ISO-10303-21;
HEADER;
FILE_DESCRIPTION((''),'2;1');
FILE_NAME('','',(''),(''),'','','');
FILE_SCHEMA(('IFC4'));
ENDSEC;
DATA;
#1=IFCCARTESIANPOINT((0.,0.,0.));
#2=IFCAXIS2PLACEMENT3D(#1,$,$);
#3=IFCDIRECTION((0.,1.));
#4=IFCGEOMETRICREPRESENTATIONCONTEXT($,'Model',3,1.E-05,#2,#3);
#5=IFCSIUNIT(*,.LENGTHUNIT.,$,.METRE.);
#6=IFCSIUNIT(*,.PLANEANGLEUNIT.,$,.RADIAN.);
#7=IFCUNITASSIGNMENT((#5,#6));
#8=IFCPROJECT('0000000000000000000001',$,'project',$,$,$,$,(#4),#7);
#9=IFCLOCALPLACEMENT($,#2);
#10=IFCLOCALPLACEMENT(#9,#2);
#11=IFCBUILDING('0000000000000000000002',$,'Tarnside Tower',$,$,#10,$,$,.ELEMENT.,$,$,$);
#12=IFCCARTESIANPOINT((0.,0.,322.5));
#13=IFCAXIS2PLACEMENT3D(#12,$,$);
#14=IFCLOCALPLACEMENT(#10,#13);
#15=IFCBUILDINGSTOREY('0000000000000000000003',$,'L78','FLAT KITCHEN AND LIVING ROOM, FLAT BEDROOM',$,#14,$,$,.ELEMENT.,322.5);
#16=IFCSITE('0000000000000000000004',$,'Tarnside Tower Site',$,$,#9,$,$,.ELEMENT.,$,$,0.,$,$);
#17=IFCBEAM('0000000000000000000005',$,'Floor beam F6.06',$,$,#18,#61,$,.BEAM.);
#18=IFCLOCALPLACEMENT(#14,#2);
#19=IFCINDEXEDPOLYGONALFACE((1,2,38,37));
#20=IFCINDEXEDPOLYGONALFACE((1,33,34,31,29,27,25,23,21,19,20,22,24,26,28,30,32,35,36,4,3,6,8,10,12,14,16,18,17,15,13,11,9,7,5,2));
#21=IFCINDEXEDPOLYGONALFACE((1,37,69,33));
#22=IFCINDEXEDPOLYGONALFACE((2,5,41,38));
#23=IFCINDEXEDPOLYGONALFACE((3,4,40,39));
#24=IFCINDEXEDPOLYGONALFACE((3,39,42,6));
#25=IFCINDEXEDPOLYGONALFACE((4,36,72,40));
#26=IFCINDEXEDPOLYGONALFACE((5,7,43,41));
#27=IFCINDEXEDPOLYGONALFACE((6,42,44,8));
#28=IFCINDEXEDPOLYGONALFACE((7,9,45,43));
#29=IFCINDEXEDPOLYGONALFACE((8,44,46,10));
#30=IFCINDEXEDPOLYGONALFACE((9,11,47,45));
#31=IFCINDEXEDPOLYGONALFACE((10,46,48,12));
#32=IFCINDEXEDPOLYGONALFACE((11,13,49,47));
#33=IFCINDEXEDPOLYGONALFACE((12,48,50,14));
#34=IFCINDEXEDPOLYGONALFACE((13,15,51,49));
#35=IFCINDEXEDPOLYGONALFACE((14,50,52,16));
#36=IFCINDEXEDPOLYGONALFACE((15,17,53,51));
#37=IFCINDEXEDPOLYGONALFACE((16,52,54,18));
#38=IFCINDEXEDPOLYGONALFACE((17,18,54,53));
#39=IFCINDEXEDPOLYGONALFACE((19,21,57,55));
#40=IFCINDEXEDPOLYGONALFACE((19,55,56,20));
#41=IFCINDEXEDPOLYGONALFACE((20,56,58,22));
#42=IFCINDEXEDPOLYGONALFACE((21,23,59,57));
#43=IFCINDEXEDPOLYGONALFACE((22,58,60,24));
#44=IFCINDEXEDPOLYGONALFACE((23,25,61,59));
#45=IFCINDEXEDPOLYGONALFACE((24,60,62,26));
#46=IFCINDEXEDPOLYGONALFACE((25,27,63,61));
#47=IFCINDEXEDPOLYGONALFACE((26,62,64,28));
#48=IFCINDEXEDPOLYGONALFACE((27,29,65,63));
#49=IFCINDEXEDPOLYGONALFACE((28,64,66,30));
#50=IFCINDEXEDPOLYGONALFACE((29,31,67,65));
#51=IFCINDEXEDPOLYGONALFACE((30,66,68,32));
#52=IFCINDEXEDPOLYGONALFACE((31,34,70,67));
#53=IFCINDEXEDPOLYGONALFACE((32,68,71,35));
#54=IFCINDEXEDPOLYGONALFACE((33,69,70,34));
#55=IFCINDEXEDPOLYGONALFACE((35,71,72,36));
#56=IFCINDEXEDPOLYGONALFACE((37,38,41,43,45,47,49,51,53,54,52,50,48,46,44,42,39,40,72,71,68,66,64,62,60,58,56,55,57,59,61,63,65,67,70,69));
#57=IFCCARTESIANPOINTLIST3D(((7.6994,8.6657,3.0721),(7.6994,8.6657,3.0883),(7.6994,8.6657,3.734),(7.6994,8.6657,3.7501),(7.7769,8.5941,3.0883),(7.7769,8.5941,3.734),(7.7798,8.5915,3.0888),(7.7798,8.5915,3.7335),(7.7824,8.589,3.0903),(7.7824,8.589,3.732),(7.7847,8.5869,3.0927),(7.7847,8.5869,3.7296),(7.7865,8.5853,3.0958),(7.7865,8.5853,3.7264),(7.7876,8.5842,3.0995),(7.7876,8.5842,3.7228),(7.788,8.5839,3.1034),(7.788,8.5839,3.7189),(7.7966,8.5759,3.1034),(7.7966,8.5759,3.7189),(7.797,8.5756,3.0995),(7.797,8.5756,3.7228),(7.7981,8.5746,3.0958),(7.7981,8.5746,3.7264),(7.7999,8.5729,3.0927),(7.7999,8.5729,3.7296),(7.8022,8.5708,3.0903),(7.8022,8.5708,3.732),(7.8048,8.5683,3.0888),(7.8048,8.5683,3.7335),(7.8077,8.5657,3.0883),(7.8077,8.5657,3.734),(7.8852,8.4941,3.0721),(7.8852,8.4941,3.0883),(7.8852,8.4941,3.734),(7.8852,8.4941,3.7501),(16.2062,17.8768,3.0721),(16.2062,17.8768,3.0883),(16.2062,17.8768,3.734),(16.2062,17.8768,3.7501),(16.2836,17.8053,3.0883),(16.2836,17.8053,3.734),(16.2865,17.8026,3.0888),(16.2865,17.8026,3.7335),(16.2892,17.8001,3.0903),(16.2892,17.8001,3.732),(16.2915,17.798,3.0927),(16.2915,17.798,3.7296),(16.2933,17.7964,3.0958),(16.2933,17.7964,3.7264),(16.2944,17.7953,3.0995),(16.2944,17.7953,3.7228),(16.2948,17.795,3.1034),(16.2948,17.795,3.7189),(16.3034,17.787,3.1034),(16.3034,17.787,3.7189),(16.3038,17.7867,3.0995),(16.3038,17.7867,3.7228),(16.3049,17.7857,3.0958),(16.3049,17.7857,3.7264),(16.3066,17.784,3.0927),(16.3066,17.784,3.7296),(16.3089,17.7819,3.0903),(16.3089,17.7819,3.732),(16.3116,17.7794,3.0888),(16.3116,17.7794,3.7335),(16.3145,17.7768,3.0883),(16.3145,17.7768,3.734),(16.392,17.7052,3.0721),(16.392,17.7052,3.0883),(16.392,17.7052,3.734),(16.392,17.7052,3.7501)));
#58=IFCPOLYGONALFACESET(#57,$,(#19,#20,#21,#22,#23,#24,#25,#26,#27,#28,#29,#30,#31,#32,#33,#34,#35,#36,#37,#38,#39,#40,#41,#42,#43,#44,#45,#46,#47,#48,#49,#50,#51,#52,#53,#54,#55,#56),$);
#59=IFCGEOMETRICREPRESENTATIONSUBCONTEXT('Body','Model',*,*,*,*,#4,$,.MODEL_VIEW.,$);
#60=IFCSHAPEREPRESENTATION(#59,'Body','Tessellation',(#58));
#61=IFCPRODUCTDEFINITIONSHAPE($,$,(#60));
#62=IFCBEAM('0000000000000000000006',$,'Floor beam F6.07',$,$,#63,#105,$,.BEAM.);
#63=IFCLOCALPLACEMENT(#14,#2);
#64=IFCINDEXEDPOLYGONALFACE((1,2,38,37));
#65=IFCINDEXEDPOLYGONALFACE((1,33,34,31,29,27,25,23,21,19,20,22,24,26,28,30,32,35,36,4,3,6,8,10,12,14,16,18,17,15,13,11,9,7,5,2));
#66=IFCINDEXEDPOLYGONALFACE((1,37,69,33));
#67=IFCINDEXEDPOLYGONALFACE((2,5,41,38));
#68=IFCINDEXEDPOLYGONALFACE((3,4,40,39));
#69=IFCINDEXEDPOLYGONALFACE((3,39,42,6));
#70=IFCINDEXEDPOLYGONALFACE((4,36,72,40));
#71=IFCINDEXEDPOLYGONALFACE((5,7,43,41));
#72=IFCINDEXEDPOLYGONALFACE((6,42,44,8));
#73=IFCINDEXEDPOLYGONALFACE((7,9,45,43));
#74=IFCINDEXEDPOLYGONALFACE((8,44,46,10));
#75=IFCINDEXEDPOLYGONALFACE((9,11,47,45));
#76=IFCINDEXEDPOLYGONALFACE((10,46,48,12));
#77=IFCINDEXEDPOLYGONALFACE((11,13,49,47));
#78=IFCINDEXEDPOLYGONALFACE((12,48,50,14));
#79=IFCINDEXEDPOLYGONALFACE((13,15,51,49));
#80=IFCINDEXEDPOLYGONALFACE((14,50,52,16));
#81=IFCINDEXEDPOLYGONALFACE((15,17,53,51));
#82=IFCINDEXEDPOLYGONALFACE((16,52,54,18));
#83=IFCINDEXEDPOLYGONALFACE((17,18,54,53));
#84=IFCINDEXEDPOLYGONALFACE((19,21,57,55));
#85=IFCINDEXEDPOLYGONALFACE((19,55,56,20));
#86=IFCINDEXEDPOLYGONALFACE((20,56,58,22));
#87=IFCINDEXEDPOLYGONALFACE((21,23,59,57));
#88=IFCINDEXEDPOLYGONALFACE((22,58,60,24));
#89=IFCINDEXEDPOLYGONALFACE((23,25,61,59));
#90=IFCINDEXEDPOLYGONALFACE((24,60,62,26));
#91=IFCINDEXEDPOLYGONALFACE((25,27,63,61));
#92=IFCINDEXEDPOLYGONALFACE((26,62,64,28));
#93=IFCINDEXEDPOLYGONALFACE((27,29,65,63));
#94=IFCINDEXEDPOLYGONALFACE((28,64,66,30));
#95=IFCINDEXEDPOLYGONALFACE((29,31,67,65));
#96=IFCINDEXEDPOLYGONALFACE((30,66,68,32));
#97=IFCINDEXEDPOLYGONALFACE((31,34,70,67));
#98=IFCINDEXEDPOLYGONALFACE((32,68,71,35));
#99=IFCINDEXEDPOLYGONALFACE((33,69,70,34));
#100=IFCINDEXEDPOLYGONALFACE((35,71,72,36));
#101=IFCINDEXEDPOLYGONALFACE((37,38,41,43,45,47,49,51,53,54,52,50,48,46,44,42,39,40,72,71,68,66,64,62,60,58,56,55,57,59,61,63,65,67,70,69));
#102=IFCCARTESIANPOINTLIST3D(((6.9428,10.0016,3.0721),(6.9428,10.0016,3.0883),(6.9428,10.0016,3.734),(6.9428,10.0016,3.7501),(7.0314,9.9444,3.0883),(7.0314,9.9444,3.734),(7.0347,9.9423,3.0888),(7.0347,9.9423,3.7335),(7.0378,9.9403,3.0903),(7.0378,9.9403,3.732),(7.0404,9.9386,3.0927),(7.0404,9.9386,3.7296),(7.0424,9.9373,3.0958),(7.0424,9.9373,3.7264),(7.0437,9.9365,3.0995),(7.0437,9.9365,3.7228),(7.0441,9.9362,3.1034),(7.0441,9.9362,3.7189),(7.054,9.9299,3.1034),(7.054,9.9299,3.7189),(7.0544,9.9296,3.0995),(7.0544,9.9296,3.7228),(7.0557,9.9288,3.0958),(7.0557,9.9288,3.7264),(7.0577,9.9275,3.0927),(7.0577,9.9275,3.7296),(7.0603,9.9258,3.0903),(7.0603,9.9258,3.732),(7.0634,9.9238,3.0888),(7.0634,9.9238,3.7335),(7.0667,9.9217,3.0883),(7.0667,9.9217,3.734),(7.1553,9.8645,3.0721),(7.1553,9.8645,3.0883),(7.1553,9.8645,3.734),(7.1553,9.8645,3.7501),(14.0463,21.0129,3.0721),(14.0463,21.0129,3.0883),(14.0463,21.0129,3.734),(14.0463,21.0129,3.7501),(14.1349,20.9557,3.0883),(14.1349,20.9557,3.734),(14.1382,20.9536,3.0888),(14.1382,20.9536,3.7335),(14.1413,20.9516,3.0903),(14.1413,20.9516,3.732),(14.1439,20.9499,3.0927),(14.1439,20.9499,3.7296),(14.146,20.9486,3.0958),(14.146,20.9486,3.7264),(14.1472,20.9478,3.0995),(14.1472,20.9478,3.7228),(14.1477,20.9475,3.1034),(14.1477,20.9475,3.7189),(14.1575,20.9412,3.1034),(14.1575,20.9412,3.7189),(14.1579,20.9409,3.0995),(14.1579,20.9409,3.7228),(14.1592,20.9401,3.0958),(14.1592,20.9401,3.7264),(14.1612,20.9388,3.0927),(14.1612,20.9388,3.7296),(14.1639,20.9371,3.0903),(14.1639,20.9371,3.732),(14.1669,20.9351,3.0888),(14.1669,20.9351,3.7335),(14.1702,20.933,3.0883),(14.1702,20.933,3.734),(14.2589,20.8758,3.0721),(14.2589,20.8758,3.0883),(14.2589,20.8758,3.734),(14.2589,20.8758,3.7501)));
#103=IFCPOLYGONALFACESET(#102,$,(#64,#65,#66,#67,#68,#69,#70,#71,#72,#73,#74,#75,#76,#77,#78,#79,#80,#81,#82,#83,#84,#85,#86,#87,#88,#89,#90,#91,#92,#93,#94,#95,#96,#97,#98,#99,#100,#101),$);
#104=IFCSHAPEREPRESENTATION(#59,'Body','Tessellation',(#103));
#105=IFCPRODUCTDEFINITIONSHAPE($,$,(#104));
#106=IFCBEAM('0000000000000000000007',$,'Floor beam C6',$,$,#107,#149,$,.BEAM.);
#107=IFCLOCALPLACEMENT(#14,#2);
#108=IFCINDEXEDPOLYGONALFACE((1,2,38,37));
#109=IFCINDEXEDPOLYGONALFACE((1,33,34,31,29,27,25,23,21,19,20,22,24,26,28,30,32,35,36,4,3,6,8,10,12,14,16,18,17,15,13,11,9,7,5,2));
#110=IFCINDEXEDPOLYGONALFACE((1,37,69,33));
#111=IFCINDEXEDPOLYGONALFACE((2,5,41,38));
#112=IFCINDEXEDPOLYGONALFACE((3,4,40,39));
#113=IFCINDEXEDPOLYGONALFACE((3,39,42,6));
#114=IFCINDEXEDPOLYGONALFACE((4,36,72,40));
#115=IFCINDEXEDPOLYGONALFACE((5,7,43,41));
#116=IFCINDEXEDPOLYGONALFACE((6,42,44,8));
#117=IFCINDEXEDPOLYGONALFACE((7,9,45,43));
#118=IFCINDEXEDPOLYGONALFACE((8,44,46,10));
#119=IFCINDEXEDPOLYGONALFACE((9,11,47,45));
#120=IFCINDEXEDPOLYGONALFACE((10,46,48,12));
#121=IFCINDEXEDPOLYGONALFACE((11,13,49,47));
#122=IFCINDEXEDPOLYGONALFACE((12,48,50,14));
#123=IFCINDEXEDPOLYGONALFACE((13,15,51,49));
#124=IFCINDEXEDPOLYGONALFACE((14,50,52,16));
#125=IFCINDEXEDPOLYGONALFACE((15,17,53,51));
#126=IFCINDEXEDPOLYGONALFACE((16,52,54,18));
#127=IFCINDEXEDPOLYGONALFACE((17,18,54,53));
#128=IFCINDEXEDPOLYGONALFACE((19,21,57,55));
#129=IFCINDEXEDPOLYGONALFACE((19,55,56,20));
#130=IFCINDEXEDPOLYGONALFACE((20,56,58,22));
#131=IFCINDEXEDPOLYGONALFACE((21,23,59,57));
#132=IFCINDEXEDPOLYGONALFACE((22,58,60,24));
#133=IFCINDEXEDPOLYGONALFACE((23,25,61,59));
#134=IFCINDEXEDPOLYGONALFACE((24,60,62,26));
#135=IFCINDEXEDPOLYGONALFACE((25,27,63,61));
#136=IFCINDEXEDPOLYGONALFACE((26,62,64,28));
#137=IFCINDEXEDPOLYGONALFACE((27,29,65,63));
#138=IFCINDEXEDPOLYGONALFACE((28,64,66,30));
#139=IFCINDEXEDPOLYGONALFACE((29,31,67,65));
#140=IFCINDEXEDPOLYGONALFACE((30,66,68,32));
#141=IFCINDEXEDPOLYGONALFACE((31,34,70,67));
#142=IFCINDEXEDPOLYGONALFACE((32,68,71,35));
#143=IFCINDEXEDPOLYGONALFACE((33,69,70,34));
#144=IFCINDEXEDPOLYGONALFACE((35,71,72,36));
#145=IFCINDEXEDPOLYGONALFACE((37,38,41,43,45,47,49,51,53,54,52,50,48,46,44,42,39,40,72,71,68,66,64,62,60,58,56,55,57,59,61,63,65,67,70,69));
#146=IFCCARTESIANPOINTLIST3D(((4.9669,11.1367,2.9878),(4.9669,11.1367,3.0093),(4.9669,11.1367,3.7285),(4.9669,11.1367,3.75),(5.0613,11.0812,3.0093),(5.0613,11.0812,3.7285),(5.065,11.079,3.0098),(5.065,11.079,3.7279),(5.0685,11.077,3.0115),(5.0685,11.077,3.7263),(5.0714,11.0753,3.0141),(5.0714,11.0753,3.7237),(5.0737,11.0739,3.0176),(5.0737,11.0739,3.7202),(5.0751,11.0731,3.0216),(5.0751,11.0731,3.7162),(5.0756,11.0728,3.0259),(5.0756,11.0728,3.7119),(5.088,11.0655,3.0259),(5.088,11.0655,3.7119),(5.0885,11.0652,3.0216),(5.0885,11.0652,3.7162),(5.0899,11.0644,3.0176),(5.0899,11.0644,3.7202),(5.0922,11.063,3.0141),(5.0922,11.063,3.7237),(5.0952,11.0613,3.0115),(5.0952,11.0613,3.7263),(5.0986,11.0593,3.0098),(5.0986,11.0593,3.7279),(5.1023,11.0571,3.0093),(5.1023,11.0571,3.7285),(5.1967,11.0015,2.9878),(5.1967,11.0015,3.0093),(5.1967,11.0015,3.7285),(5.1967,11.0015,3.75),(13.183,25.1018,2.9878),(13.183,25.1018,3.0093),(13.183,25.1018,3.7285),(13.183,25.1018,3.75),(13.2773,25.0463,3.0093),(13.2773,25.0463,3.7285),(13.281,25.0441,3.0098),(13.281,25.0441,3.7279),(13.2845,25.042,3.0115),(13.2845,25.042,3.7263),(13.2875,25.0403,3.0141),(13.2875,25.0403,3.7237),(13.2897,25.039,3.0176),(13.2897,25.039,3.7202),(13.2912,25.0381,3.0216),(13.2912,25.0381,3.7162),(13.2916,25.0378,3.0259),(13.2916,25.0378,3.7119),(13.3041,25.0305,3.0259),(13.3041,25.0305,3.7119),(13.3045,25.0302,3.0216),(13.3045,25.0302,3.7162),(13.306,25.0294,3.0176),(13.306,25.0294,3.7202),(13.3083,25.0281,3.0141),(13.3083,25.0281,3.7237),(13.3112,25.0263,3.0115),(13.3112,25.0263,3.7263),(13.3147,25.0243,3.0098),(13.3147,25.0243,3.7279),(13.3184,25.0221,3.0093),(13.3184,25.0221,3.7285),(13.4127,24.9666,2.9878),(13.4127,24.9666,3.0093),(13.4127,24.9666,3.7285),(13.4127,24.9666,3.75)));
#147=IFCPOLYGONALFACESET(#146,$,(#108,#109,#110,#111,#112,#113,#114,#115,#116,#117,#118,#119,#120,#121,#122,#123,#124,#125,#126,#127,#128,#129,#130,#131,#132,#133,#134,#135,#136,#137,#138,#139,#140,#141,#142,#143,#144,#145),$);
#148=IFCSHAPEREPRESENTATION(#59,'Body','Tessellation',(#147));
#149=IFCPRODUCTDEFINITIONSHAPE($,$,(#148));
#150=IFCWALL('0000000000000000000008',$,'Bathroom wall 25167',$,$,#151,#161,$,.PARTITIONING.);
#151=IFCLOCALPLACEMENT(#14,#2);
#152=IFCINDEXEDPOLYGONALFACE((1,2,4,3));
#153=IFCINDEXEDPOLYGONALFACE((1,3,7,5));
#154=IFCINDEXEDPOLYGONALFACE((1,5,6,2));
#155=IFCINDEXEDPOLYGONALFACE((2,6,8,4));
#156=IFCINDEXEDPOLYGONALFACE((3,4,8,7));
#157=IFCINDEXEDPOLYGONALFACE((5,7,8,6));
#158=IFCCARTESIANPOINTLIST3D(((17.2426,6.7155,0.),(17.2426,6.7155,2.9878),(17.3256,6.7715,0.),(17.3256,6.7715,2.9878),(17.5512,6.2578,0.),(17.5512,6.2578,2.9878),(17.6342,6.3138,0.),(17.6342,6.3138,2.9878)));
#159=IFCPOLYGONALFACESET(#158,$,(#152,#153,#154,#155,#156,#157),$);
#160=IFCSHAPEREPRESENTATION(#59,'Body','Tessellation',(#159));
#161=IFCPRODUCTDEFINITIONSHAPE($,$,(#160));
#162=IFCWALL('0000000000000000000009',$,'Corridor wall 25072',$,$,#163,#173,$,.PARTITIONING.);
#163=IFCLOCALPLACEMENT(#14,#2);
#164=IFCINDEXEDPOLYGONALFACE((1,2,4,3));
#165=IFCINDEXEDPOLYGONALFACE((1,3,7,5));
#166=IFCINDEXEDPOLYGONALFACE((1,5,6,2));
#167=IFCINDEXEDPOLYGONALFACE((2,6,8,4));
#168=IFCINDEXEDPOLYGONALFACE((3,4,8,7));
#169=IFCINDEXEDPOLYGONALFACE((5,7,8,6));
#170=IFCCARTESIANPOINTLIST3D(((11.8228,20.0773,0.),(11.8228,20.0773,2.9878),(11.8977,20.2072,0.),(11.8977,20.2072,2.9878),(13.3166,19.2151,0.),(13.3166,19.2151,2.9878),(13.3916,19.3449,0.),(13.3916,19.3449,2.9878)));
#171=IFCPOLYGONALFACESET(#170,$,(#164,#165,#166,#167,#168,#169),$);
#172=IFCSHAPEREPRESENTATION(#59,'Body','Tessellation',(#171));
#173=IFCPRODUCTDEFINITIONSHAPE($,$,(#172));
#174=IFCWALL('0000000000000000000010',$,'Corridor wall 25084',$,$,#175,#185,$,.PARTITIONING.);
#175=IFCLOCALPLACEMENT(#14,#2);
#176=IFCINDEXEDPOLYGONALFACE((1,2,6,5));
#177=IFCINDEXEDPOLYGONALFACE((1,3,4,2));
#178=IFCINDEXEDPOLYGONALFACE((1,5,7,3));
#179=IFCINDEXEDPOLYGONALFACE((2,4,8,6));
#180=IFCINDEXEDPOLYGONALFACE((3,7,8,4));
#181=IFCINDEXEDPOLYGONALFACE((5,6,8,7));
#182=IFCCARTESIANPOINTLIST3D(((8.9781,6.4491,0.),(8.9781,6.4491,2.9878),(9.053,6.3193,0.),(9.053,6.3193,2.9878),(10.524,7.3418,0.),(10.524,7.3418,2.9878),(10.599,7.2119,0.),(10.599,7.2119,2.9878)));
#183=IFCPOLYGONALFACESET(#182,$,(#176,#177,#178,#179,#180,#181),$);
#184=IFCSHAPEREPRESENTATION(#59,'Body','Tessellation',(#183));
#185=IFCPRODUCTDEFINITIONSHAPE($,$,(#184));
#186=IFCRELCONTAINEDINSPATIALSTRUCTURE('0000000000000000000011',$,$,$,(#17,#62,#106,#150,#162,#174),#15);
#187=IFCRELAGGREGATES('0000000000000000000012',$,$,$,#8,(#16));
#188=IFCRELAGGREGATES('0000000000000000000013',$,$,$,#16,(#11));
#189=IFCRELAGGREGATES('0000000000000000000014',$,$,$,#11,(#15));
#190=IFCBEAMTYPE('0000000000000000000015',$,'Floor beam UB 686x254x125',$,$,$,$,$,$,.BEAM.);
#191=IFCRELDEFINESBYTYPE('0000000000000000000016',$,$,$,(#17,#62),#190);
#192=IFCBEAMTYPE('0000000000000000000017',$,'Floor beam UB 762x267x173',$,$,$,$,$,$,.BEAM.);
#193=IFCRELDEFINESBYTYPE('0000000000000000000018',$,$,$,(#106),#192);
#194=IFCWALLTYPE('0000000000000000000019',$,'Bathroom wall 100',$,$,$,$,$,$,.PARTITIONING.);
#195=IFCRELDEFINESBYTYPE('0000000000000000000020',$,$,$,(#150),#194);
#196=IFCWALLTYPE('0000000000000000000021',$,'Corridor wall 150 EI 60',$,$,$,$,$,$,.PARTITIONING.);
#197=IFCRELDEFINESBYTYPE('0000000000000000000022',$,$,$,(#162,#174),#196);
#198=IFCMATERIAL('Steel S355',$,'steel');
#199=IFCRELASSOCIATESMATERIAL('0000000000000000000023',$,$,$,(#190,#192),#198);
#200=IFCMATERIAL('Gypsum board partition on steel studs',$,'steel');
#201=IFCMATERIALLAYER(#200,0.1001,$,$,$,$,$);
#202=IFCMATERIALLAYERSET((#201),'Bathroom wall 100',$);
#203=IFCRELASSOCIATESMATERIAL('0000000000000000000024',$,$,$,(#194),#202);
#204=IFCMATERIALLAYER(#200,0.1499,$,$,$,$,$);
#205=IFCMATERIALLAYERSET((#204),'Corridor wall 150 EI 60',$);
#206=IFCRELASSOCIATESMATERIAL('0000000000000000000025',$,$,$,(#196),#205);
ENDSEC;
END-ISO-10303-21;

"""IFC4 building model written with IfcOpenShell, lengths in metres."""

from ifc_helpers import new_model, si_unit, direction, frame, frame_2d, origin, origin_2d, place, context, subcontext, project, spatial, rectangle, i_section, extrude, material, layer, layer_set, material_profile, profile_set, type_object, element, save


model = new_model("IFC4")

# Units and contexts
model_context = context("Model", 3, precision=1e-05, world=origin(), true_north=direction((0.0, 1.0)))
body_context = subcontext(model_context, "Body", "Model", "MODEL_VIEW")
ifc_project = project(units=[si_unit("LENGTHUNIT", "METRE"), si_unit("PLANEANGLEUNIT", "RADIAN")], contexts=[model_context])

# Site, building, storey
site_placement = place(None, origin())
site = spatial("IfcSite", under=ifc_project, at=site_placement, Name="Tarnside Tower Site", CompositionType="ELEMENT", RefElevation=0.0)
building_placement = place(site_placement, origin())
building = spatial("IfcBuilding", under=site, at=building_placement, Name="Tarnside Tower", CompositionType="ELEMENT")
storey_placement = place(building_placement, frame((0.0, 0.0, 322.5)))
storey = spatial("IfcBuildingStorey", under=building, at=storey_placement, Name="L78", Description="FLAT KITCHEN AND LIVING ROOM, FLAT BEDROOM", CompositionType="ELEMENT", Elevation=322.5)

# Beams
ifc_material_1 = material(Name="Steel S355", Category="steel")
ifc_material_profile_1 = material_profile(ifc_material_1, i_section(OverallWidth=0.2529, OverallDepth=0.678, WebThickness=0.0117, FlangeThickness=0.0161, FilletRadius=0.0151, at=origin_2d()), Name="UB 686x254x125")
ifc_profile_set_1 = profile_set([ifc_material_profile_1], Name="Steel S355")
beam_type_1 = type_object("IfcBeamType", Name="Floor beam UB 686x254x125", PredefinedType="BEAM", material=ifc_profile_set_1)
beam_1_placement = place(storey_placement, frame((16.2991, 17.791, 3.4111), z_axis=(-0.678461, -0.734636, 0.0), x_axis=(0.734636, -0.678461, 0.0)))
element("IfcBeam", 1, at=beam_1_placement, inside=storey, type_object=beam_type_1, Name="Floor beam F6.06", PredefinedType="BEAM", context=body_context, shape_type="SweptSolid", body=[
    extrude(i_section(OverallWidth=0.2529, OverallDepth=0.678, WebThickness=0.0117, FlangeThickness=0.0161, FilletRadius=0.0151, at=origin_2d()), origin(), (0.0, 0.0, 1.0), 12.5383),
])
beam_2_placement = place(storey_placement, frame((14.1526, 20.9443, 3.4111), z_axis=(-0.5421, -0.840314, 0.0), x_axis=(0.840314, -0.5421, 0.0)))
element("IfcBeam", 2, at=beam_2_placement, inside=storey, type_object=beam_type_1, Name="Floor beam F6.07", PredefinedType="BEAM", context=body_context, shape_type="SweptSolid", body=[
    extrude(i_section(OverallWidth=0.2529, OverallDepth=0.678, WebThickness=0.0117, FlangeThickness=0.0161, FilletRadius=0.0151, at=origin_2d()), origin(), (0.0, 0.0, 1.0), 13.1038),
])
ifc_material_profile_2 = material_profile(ifc_material_1, i_section(OverallWidth=0.2666, OverallDepth=0.7622, WebThickness=0.0144, FlangeThickness=0.0215, FilletRadius=0.0166, at=origin_2d()), Name="UB 762x267x173")
ifc_profile_set_2 = profile_set([ifc_material_profile_2], Name="Steel S355")
beam_type_2 = type_object("IfcBeamType", Name="Floor beam UB 762x267x173", PredefinedType="BEAM", material=ifc_profile_set_2)
beam_3_placement = place(storey_placement, frame((13.2979, 25.0342, 3.3689), z_axis=(-0.50708, -0.861899, 0.0), x_axis=(0.861899, -0.50708, 0.0)))
element("IfcBeam", 3, at=beam_3_placement, inside=storey, type_object=beam_type_2, Name="Floor beam C6", PredefinedType="BEAM", context=body_context, shape_type="SweptSolid", body=[
    extrude(i_section(OverallWidth=0.2666, OverallDepth=0.7622, WebThickness=0.0144, FlangeThickness=0.0215, FilletRadius=0.0166, at=origin_2d()), origin(), (0.0, 0.0, 1.0), 16.2026),
])

# Walls
ifc_material_2 = material(Name="Gypsum board partition on steel studs", Category="steel")
ifc_layer_1 = layer(ifc_material_2, 0.1001)
ifc_layer_set_1 = layer_set([ifc_layer_1], Name="Bathroom wall 100")
wall_type_1 = type_object("IfcWallType", Name="Bathroom wall 100", PredefinedType="PARTITIONING", material=ifc_layer_set_1)
wall_1_placement = place(storey_placement, frame((17.2842, 6.7434, 0.0), z_axis=(0.0, 0.0, 1.0), x_axis=(0.558979, -0.829182, 0.0)))
element("IfcWall", 4, at=wall_1_placement, inside=storey, type_object=wall_type_1, Name="Bathroom wall 25167", PredefinedType="PARTITIONING", context=body_context, shape_type="SweptSolid", body=[
    extrude(rectangle(XDim=0.552, YDim=0.1001, at=frame_2d((0.2759, 0.0))), origin(), (0.0, 0.0, 1.0), 2.9878),
])
ifc_layer_2 = layer(ifc_material_2, 0.1499)
ifc_layer_set_2 = layer_set([ifc_layer_2], Name="Corridor wall 150 EI 60")
wall_type_2 = type_object("IfcWallType", Name="Corridor wall 150 EI 60", PredefinedType="PARTITIONING", material=ifc_layer_set_2)
wall_2_placement = place(storey_placement, frame((13.354, 19.28, 0.0), z_axis=(0.0, 0.0, 1.0), x_axis=(-0.866075, 0.499914, 0.0)))
element("IfcWall", 5, at=wall_2_placement, inside=storey, type_object=wall_type_2, Name="Corridor wall 25072", PredefinedType="PARTITIONING", context=body_context, shape_type="SweptSolid", body=[
    extrude(rectangle(XDim=1.7249, YDim=0.1499, at=frame_2d((0.8623, 0.0))), origin(), (0.0, 0.0, 1.0), 2.9878),
])
wall_3_placement = place(storey_placement, frame((10.5615, 7.2769, 0.0), z_axis=(0.0, 0.0, 1.0), x_axis=(-0.866012, -0.500022, 0.0)))
element("IfcWall", 6, at=wall_3_placement, inside=storey, type_object=wall_type_2, Name="Corridor wall 25084", PredefinedType="PARTITIONING", context=body_context, shape_type="SweptSolid", body=[
    extrude(rectangle(XDim=1.7852, YDim=0.1499, at=frame_2d((0.8926, 0.0))), origin(), (0.0, 0.0, 1.0), 2.9878),
])

save(model, "model.ifc")
